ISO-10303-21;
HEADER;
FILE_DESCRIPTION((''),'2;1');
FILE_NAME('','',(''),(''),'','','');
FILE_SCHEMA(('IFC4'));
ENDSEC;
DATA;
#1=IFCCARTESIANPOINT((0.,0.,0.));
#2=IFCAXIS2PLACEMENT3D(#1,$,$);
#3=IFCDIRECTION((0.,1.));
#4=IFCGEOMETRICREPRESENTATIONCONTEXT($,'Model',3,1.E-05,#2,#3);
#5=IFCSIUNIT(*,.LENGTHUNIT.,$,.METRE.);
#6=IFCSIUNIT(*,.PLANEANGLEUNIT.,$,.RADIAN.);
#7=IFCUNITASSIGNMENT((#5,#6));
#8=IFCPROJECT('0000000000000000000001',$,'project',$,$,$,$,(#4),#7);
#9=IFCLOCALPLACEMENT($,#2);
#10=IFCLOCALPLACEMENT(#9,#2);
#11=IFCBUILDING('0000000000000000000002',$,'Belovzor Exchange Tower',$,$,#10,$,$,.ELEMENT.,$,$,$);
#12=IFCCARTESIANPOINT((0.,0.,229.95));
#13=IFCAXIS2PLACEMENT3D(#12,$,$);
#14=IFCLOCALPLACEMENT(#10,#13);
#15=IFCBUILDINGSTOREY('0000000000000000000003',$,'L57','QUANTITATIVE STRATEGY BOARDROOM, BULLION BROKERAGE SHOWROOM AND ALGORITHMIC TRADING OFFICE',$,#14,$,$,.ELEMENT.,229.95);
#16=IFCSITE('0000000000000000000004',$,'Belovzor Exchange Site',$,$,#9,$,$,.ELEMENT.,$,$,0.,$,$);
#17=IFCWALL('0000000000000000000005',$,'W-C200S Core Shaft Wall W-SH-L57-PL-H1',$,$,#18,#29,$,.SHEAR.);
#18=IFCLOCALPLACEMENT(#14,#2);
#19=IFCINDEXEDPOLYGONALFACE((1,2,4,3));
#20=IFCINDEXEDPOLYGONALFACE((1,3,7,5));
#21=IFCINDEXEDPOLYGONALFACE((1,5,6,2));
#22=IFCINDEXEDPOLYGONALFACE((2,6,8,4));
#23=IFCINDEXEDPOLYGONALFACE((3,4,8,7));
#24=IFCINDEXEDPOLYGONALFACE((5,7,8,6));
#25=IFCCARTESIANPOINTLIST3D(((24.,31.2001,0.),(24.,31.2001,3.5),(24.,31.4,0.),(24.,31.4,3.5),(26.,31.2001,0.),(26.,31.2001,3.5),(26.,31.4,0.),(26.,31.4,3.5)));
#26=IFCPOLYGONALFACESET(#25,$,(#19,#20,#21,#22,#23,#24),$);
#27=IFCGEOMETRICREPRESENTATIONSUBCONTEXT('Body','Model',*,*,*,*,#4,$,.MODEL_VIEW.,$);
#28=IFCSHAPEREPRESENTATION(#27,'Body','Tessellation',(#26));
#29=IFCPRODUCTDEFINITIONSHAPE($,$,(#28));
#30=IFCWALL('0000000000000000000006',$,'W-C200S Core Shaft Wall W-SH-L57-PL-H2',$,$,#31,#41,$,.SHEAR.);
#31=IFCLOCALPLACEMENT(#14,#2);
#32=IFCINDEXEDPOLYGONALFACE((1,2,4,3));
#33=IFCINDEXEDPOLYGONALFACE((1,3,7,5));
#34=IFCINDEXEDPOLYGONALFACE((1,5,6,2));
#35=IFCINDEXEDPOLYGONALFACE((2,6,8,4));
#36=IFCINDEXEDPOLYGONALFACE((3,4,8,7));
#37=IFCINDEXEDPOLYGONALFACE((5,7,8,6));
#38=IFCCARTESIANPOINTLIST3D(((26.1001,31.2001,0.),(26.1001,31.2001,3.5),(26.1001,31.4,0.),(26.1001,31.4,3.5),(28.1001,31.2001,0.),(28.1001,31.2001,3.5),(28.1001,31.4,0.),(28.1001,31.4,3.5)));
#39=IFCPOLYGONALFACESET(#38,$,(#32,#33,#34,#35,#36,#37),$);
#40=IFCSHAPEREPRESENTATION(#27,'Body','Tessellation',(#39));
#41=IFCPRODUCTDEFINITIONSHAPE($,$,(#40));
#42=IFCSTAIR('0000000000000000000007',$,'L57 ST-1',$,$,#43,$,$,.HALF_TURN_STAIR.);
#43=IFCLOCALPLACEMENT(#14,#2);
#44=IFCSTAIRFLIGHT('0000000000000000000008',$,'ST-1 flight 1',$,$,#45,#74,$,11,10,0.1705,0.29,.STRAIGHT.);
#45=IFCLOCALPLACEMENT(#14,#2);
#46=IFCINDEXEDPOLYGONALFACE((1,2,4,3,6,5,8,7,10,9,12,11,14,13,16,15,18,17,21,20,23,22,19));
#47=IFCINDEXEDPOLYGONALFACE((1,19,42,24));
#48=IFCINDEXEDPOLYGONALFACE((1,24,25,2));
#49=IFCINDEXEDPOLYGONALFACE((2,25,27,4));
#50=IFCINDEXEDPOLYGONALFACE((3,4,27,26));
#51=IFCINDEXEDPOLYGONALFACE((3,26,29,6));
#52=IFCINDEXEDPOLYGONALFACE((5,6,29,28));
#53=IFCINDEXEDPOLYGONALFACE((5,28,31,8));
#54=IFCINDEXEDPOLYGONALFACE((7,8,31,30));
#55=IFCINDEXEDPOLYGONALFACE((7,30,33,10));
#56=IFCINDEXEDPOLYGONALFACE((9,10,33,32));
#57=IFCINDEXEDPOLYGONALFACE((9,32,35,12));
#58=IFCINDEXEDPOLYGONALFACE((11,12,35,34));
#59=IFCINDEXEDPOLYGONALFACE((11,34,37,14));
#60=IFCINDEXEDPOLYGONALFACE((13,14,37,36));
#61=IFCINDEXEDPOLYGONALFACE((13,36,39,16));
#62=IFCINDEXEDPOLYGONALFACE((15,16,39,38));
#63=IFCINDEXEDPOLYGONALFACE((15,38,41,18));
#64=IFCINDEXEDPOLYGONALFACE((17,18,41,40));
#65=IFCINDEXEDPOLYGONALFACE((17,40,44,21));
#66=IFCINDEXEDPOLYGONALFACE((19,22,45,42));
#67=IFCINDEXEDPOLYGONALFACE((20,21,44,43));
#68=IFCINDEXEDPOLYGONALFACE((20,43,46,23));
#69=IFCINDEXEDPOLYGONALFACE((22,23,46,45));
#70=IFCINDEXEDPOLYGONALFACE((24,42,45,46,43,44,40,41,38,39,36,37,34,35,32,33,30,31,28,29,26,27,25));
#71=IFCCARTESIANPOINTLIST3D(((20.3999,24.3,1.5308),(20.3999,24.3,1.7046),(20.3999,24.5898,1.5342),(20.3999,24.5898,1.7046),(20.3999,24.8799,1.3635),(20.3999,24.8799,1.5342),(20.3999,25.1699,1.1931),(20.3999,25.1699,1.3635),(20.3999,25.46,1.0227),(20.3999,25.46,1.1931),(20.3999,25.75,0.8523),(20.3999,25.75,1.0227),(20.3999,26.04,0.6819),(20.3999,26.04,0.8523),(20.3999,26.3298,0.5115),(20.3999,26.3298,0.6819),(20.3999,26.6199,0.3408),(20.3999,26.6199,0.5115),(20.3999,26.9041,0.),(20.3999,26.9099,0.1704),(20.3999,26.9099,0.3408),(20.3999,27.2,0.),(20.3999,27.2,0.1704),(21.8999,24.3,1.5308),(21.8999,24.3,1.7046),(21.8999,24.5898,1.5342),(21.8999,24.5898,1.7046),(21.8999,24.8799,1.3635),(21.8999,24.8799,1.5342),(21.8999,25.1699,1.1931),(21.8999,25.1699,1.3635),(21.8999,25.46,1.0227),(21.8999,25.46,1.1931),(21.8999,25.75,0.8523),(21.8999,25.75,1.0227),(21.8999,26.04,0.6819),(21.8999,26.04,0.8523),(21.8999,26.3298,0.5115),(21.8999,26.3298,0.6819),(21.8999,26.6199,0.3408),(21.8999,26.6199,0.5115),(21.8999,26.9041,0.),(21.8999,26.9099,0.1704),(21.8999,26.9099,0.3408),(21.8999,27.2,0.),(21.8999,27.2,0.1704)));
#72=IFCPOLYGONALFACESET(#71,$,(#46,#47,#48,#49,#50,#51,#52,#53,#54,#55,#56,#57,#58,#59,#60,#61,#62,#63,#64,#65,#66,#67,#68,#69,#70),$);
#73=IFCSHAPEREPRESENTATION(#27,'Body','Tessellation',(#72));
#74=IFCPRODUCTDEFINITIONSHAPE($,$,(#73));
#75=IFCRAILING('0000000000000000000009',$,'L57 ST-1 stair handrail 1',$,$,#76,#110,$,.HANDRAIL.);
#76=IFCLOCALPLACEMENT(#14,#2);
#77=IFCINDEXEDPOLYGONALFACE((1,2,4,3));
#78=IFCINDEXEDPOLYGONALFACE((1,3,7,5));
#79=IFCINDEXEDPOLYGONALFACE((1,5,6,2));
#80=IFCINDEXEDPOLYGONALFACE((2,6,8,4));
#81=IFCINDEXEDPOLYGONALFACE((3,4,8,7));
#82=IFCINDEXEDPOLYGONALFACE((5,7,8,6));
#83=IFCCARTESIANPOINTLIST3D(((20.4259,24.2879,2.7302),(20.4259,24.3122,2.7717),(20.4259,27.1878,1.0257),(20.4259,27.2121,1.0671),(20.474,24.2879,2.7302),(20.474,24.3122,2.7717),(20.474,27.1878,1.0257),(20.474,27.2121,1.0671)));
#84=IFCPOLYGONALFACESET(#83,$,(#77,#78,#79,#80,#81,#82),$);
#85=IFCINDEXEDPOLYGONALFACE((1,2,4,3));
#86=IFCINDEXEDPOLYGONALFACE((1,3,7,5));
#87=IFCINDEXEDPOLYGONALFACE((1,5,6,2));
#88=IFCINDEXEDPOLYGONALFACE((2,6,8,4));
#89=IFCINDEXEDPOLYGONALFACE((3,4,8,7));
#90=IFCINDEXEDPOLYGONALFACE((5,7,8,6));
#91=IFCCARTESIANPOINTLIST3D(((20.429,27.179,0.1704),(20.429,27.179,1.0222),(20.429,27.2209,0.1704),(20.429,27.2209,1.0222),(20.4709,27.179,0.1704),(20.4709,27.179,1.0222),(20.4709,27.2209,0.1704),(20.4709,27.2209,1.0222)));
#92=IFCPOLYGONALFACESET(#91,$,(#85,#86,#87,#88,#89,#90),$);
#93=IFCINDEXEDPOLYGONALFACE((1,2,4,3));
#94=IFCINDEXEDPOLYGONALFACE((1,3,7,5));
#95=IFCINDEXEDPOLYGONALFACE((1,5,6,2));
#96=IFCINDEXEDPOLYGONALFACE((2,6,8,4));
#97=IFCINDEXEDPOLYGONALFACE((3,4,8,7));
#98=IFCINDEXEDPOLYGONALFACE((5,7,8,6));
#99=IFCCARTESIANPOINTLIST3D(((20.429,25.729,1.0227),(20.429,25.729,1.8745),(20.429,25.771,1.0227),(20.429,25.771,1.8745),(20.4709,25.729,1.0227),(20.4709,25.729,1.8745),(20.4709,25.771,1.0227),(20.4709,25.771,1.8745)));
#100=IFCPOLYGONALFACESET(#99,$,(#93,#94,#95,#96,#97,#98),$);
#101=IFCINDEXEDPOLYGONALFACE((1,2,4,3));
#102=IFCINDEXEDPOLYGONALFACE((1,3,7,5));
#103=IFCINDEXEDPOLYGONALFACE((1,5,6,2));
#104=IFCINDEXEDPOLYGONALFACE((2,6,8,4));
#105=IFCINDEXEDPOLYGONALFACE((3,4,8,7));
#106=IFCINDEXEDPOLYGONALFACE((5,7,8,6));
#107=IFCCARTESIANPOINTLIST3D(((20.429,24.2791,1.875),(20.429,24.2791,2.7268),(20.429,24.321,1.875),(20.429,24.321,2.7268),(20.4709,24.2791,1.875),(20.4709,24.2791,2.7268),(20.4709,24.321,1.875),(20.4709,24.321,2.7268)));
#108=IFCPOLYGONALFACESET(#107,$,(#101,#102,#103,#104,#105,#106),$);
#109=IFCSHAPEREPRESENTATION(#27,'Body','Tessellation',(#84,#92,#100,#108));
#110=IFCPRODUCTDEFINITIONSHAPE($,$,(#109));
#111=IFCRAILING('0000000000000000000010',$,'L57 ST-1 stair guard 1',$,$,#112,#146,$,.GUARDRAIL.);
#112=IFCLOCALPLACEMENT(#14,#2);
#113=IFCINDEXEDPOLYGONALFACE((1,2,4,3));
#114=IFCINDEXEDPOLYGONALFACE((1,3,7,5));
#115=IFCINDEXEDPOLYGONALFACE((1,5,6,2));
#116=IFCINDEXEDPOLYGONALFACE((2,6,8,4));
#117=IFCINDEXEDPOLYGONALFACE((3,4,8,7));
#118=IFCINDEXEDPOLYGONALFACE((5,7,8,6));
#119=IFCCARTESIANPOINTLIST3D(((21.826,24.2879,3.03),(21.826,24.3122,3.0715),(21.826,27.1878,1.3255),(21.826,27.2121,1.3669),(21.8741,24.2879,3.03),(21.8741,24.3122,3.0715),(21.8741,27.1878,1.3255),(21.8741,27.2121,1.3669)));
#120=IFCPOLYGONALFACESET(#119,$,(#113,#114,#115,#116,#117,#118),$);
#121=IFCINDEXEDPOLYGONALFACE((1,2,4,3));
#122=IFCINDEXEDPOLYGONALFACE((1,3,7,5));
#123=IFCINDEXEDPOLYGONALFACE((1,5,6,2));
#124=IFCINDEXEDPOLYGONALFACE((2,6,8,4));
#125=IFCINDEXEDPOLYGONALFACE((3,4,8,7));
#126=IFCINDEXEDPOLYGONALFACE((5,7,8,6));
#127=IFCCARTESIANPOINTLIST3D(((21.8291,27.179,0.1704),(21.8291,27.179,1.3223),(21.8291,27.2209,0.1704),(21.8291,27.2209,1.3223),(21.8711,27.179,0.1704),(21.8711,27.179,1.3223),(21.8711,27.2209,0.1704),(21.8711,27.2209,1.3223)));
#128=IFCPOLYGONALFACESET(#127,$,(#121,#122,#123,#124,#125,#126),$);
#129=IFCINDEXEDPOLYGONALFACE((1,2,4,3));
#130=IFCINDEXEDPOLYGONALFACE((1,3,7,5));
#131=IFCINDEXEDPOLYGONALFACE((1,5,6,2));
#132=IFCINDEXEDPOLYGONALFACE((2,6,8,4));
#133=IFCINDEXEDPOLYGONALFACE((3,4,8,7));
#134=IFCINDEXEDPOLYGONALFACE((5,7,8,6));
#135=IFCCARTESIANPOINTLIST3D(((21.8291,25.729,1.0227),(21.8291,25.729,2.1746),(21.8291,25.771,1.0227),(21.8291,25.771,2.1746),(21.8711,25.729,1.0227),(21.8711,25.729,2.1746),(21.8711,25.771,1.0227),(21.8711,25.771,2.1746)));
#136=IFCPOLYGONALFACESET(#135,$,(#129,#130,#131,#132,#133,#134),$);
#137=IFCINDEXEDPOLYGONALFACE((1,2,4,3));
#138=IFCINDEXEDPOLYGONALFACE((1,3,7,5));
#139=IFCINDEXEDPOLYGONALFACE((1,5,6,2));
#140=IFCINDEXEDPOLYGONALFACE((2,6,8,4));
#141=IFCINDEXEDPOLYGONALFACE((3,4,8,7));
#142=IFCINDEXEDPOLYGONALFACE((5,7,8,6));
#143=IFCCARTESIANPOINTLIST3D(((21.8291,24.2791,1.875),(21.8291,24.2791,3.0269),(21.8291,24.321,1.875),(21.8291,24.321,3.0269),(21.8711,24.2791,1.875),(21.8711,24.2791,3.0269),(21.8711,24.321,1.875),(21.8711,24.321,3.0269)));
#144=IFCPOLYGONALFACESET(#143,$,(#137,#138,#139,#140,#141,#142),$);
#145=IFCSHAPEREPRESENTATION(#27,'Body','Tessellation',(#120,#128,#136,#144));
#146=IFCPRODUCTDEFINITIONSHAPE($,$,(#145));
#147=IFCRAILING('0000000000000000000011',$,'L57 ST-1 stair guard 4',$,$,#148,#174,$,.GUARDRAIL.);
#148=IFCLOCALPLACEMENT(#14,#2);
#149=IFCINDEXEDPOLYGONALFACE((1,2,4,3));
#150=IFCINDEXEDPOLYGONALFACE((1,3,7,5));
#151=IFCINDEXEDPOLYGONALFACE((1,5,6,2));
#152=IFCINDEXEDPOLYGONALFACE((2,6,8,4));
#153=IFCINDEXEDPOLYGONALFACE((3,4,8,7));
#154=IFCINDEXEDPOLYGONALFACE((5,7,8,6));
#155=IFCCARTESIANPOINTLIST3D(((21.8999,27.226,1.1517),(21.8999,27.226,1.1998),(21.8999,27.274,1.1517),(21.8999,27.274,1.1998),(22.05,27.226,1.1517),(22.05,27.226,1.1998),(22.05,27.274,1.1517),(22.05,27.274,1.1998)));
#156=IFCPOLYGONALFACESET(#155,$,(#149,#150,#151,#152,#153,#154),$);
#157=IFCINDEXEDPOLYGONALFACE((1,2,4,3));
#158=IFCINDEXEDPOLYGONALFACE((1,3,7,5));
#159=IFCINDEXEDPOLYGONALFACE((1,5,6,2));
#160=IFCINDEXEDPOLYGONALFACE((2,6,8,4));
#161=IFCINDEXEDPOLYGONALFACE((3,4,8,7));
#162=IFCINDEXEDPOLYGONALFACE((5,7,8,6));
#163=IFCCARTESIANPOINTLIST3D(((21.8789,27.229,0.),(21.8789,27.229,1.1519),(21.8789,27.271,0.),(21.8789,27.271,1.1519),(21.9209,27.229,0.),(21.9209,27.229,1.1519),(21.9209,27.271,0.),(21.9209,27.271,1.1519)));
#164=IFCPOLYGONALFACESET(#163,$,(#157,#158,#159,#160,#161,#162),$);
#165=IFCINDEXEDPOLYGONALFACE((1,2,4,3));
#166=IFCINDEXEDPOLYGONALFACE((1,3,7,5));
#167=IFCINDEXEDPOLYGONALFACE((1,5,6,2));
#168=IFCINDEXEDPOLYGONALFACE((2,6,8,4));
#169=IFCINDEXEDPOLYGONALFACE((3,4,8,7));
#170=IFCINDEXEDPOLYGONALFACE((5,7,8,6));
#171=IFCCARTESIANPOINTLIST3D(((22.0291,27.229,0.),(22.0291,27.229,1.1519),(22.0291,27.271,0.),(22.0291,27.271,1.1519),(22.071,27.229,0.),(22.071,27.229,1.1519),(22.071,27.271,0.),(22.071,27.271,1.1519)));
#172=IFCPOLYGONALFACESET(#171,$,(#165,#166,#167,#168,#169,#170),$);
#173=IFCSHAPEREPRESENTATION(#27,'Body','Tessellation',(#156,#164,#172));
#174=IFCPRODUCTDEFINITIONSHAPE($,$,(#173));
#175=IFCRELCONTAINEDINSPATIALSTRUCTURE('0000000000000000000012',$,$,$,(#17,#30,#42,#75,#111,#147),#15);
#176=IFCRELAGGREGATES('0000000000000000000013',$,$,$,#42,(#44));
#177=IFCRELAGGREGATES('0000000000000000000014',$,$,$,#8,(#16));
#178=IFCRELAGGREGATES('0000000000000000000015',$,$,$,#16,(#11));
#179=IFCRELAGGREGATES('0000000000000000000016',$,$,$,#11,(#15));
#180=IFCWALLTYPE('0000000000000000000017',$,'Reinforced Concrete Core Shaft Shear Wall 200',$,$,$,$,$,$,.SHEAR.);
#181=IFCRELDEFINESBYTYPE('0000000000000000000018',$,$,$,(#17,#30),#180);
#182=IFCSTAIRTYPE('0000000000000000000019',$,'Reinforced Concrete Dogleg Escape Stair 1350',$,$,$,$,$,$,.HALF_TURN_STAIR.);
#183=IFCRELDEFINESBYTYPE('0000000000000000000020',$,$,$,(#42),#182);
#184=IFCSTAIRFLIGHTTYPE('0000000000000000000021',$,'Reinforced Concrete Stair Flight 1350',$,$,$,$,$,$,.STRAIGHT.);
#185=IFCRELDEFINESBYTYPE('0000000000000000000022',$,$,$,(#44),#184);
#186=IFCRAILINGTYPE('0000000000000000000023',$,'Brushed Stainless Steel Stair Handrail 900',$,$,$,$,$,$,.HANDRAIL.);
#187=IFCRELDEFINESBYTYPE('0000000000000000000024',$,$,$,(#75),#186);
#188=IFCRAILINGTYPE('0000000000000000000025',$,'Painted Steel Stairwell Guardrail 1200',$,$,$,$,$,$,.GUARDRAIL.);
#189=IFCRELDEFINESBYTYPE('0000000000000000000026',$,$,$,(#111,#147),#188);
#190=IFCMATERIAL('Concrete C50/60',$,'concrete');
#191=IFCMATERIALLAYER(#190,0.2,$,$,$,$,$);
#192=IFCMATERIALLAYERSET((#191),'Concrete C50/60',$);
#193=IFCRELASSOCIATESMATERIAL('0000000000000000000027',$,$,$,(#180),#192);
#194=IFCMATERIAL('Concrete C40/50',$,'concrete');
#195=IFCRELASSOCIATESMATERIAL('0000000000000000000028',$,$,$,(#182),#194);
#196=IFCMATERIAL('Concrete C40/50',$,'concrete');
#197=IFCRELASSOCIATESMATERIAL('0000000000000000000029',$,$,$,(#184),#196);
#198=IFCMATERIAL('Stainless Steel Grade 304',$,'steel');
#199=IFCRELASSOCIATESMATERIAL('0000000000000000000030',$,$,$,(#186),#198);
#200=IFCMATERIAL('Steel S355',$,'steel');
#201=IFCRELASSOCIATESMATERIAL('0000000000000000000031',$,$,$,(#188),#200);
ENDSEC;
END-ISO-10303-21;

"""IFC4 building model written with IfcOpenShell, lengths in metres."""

from ifc_helpers import new_model, si_unit, direction, frame, frame_2d, origin, origin_2d, place, context, subcontext, project, spatial, polyline, rectangle, outline, extrude, material, layer, layer_set, type_object, element, aggregate, save


model = new_model("IFC4")

# Units and contexts
model_context = context("Model", 3, precision=1e-05, world=origin(), true_north=direction((0.0, 1.0)))
body_context = subcontext(model_context, "Body", "Model", "MODEL_VIEW")
ifc_project = project(units=[si_unit("LENGTHUNIT", "METRE"), si_unit("PLANEANGLEUNIT", "RADIAN")], contexts=[model_context])

# Site, building, storey
site_placement = place(None, origin())
site = spatial("IfcSite", under=ifc_project, at=site_placement, Name="Belovzor Exchange Site", CompositionType="ELEMENT", RefElevation=0.0)
building_placement = place(site_placement, origin())
building = spatial("IfcBuilding", under=site, at=building_placement, Name="Belovzor Exchange Tower", CompositionType="ELEMENT")
storey_placement = place(building_placement, frame((0.0, 0.0, 229.95)))
storey = spatial("IfcBuildingStorey", under=building, at=storey_placement, Name="L57", Description="QUANTITATIVE STRATEGY BOARDROOM, BULLION BROKERAGE SHOWROOM AND ALGORITHMIC TRADING OFFICE", CompositionType="ELEMENT", Elevation=229.95)

# Shared definitions
ifc_material_1 = material(Name="Concrete C50/60", Category="concrete")
ifc_layer_1 = layer(ifc_material_1, 0.2)
ifc_layer_set_1 = layer_set([ifc_layer_1], Name="Concrete C50/60")
wall_type_1 = type_object("IfcWallType", Name="Reinforced Concrete Core Shaft Shear Wall 200", PredefinedType="SHEAR", material=ifc_layer_set_1)

# Walls
for number, where, z_axis, x_axis, name in (
    (1, (24.0, 31.3, 0.0), (0.0, 0.0, 1.0), (1.0, 0.0, 0.0), "W-C200S Core Shaft Wall W-SH-L57-PL-H1"),
    (2, (26.1001, 31.3, 0.0), (0.0, 0.0, 1.0), (1.0, 0.0, 0.0), "W-C200S Core Shaft Wall W-SH-L57-PL-H2"),
):
    element("IfcWall", number, at=place(storey_placement, frame(where, z_axis=z_axis, x_axis=x_axis)), inside=storey, type_object=wall_type_1, Name=name, PredefinedType="SHEAR", context=body_context, shape_type="SweptSolid", body=[
        extrude(rectangle(XDim=2.0, YDim=0.2, at=frame_2d((1.0, 0.0))), origin(), (0.0, 0.0, 1.0), 3.5),
    ])

# Stair, stair flight
ifc_material_2 = material(Name="Concrete C40/50", Category="concrete")
stair_type = type_object("IfcStairType", Name="Reinforced Concrete Dogleg Escape Stair 1350", PredefinedType="HALF_TURN_STAIR", material=ifc_material_2)
stair_placement = place(storey_placement, origin())
stair = element("IfcStair", 3, at=stair_placement, inside=storey, type_object=stair_type, Name="L57 ST-1", PredefinedType="HALF_TURN_STAIR")
ifc_material_3 = material(Name="Concrete C40/50", Category="concrete")
stair_flight_type = type_object("IfcStairFlightType", Name="Reinforced Concrete Stair Flight 1350", PredefinedType="STRAIGHT", material=ifc_material_3)
stair_flight_placement = place(storey_placement, frame((21.1499, 27.2, 0.0), z_axis=(0.0, 0.0, 1.0), x_axis=(0.0, -1.0, 0.0)))
stair_flight = element("IfcStairFlight", 4, at=stair_flight_placement, type_object=stair_flight_type, Name="ST-1 flight 1", NumberOfRisers=11, NumberOfTreads=10, PredefinedType="STRAIGHT", RiserHeight=0.1705, TreadLength=0.29, context=body_context, shape_type="SweptSolid", body=[
    extrude(outline(polyline([(0.0, 0.0), (0.0, 0.1704), (0.29, 0.1704), (0.29, 0.3408), (0.5801, 0.3408), (0.5801, 0.5115), (0.8701, 0.5115), (0.8701, 0.6819), (1.1599, 0.6819), (1.1599, 0.8523), (1.45, 0.8523), (1.45, 1.0227), (1.74, 1.0227), (1.74, 1.1931), (2.03, 1.1931), (2.03, 1.3635), (2.3201, 1.3635), (2.3201, 1.5342), (2.6101, 1.5342), (2.6101, 1.7046), (2.8999, 1.7046), (2.8999, 1.875), (2.8999, 1.5308), (0.2959, 0.0), (0.0, 0.0)])), frame((0.0, 0.75, 0.0), z_axis=(0.0, -1.0, 0.0), x_axis=(1.0, 0.0, 0.0)), (0.0, 0.0, 1.0), 1.5),
])
aggregate(stair, [stair_flight])

# Railings
ifc_material_4 = material(Name="Stainless Steel Grade 304", Category="steel")
railing_type_1 = type_object("IfcRailingType", Name="Brushed Stainless Steel Stair Handrail 900", PredefinedType="HANDRAIL", material=ifc_material_4)
railing_1_placement = place(storey_placement, frame((20.45, 27.2, 0.1704)))
element("IfcRailing", 5, at=railing_1_placement, inside=storey, type_object=railing_type_1, Name="L57 ST-1 stair handrail 1", PredefinedType="HANDRAIL", context=body_context, shape_type="SweptSolid", body=[
    extrude(rectangle(XDim=0.0481, YDim=0.0481, at=origin_2d()), frame((0.0, 0.0, 0.876), z_axis=(0.0, -0.862095, 0.506747), x_axis=(1.0, 0.0, 0.0)), (0.0, 0.0, 1.0), 3.3638),
    extrude(rectangle(XDim=0.042, YDim=0.042, at=origin_2d()), origin(), (0.0, 0.0, 1.0), 0.8518),
    extrude(rectangle(XDim=0.042, YDim=0.042, at=origin_2d()), frame((0.0, -1.45, 0.8523)), (0.0, 0.0, 1.0), 0.8518),
    extrude(rectangle(XDim=0.042, YDim=0.042, at=origin_2d()), frame((0.0, -2.8999, 1.7046)), (0.0, 0.0, 1.0), 0.8518),
])
ifc_material_5 = material(Name="Steel S355", Category="steel")
railing_type_2 = type_object("IfcRailingType", Name="Painted Steel Stairwell Guardrail 1200", PredefinedType="GUARDRAIL", material=ifc_material_5)
railing_2_placement = place(storey_placement, frame((21.8501, 27.2, 0.1704)))
element("IfcRailing", 6, at=railing_2_placement, inside=storey, type_object=railing_type_2, Name="L57 ST-1 stair guard 1", PredefinedType="GUARDRAIL", context=body_context, shape_type="SweptSolid", body=[
    extrude(rectangle(XDim=0.0481, YDim=0.0481, at=origin_2d()), frame((0.0, 0.0, 1.1758), z_axis=(0.0, -0.862095, 0.506747), x_axis=(1.0, 0.0, 0.0)), (0.0, 0.0, 1.0), 3.3638),
    extrude(rectangle(XDim=0.042, YDim=0.042, at=origin_2d()), origin(), (0.0, 0.0, 1.0), 1.1519),
    extrude(rectangle(XDim=0.042, YDim=0.042, at=origin_2d()), frame((0.0, -1.45, 0.8523)), (0.0, 0.0, 1.0), 1.1519),
    extrude(rectangle(XDim=0.042, YDim=0.042, at=origin_2d()), frame((0.0, -2.8999, 1.7046)), (0.0, 0.0, 1.0), 1.1519),
])
railing_3_placement = place(storey_placement, frame((21.8999, 27.25, 0.0)))
element("IfcRailing", 7, at=railing_3_placement, inside=storey, type_object=railing_type_2, Name="L57 ST-1 stair guard 4", PredefinedType="GUARDRAIL", context=body_context, shape_type="SweptSolid", body=[
    extrude(rectangle(XDim=0.0481, YDim=0.0481, at=origin_2d()), frame((0.0, 0.0, 1.1758), z_axis=(1.0, 0.0, 0.0), x_axis=(0.0, 1.0, 0.0)), (0.0, 0.0, 1.0), 0.1501),
    extrude(rectangle(XDim=0.042, YDim=0.042, at=origin_2d()), origin(), (0.0, 0.0, 1.0), 1.1519),
    extrude(rectangle(XDim=0.042, YDim=0.042, at=origin_2d()), frame((0.1501, 0.0, 0.0)), (0.0, 0.0, 1.0), 1.1519),
])

save(model, "model.ifc")
